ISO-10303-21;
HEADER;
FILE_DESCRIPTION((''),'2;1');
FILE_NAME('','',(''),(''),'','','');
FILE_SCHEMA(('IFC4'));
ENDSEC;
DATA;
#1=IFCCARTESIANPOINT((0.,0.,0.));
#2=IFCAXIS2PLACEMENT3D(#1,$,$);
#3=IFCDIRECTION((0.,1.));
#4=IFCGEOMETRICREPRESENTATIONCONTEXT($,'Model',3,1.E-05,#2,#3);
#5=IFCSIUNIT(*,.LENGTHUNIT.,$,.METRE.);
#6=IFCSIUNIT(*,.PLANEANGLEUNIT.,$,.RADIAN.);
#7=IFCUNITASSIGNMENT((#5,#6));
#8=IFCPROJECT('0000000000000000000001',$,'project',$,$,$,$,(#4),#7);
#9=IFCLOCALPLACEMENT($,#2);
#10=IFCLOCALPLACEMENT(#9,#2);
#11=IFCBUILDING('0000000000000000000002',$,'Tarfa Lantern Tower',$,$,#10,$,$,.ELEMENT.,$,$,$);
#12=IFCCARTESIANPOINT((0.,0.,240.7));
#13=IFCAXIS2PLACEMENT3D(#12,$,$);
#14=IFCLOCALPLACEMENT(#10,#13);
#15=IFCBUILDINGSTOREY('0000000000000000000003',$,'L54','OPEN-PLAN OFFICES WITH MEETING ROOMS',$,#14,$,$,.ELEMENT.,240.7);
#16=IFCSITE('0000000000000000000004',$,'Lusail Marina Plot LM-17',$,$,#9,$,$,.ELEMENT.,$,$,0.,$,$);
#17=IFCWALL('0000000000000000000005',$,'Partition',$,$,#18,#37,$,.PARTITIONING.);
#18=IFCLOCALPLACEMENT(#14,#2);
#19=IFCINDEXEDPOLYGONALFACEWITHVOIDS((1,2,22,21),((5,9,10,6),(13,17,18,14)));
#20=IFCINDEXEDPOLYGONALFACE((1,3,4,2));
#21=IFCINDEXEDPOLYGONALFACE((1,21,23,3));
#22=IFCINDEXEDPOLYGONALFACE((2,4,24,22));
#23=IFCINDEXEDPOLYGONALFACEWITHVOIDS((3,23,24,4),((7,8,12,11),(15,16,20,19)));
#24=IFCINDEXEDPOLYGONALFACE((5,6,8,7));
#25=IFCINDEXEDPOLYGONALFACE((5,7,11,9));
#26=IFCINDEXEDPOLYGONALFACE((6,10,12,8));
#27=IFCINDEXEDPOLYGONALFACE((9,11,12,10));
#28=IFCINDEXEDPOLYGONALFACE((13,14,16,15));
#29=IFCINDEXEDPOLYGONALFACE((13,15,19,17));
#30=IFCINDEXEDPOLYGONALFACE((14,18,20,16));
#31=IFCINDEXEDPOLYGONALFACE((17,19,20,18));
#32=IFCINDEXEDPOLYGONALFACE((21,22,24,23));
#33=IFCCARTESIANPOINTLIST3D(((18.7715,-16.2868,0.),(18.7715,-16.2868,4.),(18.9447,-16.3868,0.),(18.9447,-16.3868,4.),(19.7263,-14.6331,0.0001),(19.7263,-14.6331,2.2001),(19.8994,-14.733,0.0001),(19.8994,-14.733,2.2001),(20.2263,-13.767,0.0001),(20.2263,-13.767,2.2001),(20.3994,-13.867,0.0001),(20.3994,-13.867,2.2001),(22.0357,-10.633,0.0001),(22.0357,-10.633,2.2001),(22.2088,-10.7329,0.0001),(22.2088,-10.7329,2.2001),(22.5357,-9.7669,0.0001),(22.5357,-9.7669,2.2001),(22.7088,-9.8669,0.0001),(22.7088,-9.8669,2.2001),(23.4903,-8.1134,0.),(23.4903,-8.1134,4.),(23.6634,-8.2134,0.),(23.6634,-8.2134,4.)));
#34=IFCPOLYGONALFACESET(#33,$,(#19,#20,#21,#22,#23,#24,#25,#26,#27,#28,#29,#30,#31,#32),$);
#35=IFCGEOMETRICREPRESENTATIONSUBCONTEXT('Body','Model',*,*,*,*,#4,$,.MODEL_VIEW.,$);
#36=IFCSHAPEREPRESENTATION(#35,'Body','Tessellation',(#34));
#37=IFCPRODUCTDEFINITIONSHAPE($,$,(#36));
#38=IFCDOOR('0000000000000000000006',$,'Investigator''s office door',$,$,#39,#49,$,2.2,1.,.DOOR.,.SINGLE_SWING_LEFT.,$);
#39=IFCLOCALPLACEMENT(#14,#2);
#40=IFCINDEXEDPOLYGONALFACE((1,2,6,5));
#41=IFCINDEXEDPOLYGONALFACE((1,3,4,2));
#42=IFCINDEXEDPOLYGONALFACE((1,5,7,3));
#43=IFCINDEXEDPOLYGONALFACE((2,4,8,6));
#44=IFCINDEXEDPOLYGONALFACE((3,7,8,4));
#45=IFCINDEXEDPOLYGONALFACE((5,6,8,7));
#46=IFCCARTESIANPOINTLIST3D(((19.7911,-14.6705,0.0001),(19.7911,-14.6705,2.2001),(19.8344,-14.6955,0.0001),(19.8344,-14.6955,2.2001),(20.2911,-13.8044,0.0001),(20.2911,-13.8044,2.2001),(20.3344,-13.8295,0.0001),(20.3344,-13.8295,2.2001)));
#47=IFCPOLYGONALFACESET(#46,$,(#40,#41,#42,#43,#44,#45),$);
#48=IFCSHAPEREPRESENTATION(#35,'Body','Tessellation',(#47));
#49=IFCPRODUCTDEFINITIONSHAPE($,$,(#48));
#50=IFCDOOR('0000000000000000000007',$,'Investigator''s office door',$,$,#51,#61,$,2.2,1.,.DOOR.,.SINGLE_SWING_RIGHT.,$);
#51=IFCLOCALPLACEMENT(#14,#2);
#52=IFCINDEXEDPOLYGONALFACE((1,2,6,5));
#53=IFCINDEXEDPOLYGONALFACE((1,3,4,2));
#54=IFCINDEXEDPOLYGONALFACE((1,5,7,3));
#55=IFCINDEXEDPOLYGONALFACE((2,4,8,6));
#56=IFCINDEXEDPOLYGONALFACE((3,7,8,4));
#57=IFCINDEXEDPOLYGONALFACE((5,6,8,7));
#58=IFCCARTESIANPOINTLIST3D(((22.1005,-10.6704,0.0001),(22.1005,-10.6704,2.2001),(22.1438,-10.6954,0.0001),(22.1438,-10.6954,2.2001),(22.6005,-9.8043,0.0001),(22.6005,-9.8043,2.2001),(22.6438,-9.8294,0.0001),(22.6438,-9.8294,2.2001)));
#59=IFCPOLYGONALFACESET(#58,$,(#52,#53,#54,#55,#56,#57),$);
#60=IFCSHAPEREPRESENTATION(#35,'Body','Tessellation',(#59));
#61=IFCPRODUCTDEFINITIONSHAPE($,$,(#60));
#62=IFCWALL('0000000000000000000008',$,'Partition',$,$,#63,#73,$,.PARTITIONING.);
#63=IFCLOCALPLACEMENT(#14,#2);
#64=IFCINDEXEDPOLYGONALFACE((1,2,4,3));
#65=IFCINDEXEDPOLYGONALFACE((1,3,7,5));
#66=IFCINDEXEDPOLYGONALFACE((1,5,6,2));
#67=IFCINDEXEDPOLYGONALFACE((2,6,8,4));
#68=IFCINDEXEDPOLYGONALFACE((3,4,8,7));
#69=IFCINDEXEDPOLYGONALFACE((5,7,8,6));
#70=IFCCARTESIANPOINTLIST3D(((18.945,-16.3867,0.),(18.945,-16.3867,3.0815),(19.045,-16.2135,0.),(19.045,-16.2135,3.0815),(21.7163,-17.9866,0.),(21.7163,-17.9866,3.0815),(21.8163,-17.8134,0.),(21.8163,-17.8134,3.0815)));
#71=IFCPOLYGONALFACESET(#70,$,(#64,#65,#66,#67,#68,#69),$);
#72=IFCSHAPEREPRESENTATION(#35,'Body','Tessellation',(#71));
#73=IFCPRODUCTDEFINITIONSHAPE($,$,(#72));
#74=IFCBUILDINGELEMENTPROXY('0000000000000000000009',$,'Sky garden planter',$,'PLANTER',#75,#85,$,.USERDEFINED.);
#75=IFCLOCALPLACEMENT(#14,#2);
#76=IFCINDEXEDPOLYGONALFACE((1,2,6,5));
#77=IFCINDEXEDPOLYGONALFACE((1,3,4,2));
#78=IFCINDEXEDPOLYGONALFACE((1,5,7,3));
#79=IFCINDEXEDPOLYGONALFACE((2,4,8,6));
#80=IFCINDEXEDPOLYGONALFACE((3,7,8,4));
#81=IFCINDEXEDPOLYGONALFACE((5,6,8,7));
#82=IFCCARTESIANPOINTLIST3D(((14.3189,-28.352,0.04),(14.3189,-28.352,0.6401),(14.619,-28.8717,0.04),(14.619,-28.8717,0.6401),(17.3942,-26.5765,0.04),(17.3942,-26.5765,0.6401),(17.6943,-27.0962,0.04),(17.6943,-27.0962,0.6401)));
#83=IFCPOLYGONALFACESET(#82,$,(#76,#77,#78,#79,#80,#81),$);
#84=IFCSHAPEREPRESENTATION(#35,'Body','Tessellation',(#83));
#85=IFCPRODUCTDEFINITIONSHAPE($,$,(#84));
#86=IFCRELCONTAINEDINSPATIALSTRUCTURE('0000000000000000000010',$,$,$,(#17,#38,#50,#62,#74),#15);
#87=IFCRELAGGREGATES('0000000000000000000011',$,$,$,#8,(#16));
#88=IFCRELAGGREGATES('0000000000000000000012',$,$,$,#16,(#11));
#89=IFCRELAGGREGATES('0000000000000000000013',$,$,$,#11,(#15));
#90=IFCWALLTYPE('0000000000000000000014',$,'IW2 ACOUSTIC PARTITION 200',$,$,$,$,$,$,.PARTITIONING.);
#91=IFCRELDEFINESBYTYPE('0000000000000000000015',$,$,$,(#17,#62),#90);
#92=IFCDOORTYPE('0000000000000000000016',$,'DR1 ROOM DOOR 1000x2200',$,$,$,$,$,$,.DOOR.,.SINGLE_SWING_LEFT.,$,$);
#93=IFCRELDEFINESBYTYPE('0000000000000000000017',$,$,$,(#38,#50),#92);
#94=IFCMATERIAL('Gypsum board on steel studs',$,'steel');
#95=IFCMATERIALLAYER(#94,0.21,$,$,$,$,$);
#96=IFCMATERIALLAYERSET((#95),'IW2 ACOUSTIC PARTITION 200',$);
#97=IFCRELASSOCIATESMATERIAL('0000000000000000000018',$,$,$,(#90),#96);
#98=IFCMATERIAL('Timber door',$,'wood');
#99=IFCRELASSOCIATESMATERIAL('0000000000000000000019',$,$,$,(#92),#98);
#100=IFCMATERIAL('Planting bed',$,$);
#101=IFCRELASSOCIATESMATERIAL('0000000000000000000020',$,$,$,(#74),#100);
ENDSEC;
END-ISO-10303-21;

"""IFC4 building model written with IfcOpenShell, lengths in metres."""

from ifc_helpers import new_model, si_unit, direction, frame, frame_2d, origin, origin_2d, place, context, subcontext, project, spatial, rectangle, extrude, material, layer, layer_set, type_object, element, fill, save


model = new_model("IFC4")

# Units and contexts
model_context = context("Model", 3, precision=1e-05, world=origin(), true_north=direction((0.0, 1.0)))
body_context = subcontext(model_context, "Body", "Model", "MODEL_VIEW")
ifc_project = project(units=[si_unit("LENGTHUNIT", "METRE"), si_unit("PLANEANGLEUNIT", "RADIAN")], contexts=[model_context])

# Site, building, storey
site_placement = place(None, origin())
site = spatial("IfcSite", under=ifc_project, at=site_placement, Name="Lusail Marina Plot LM-17", CompositionType="ELEMENT", RefElevation=0.0)
building_placement = place(site_placement, origin())
building = spatial("IfcBuilding", under=site, at=building_placement, Name="Tarfa Lantern Tower", CompositionType="ELEMENT")
storey_placement = place(building_placement, frame((0.0, 0.0, 240.7)))
storey = spatial("IfcBuildingStorey", under=building, at=storey_placement, Name="L54", Description="OPEN-PLAN OFFICES WITH MEETING ROOMS", CompositionType="ELEMENT", Elevation=240.7)

# Shared definitions
ifc_material_1 = material(Name="Gypsum board on steel studs", Category="steel")
ifc_layer_1 = layer(ifc_material_1, 0.21)
ifc_layer_set_1 = layer_set([ifc_layer_1], Name="IW2 ACOUSTIC PARTITION 200")
wall_type_1 = type_object("IfcWallType", Name="IW2 ACOUSTIC PARTITION 200", PredefinedType="PARTITIONING", material=ifc_layer_set_1)

# Shared definitions
ifc_material_2 = material(Name="Timber door", Category="wood")

# Wall, openings, doors
wall_1_placement = place(storey_placement, frame((18.8582, -16.3367, 0.0), z_axis=(0.0, 0.0, 1.0), x_axis=(0.49999, 0.866031, 0.0)))
wall_1 = element("IfcWall", 1, at=wall_1_placement, inside=storey, type_object=wall_type_1, Name="Partition", PredefinedType="PARTITIONING", context=body_context, shape_type="SweptSolid", body=[
    extrude(rectangle(XDim=9.4377, YDim=0.2, at=frame_2d((4.7188, 0.0))), origin(), (0.0, 0.0, 1.0), 4.0),
])
opening_1_placement = place(wall_1_placement, frame((1.9094, 0.0, 0.0)))
opening_1 = element("IfcOpeningElement", 2, at=opening_1_placement, cuts=wall_1, PredefinedType="OPENING", context=body_context, shape_type="SweptSolid", body=[
    extrude(rectangle(XDim=1.0, YDim=2.2, at=frame_2d((0.5, 1.1001))), frame((0.0, 0.1099, 0.0), z_axis=(0.0, -1.0, 0.0), x_axis=(1.0, 0.0, 0.0)), (0.0, 0.0, 1.0), 0.22),
])
opening_2_placement = place(wall_1_placement, frame((6.5283, 0.0, 0.0)))
opening_2 = element("IfcOpeningElement", 3, at=opening_2_placement, cuts=wall_1, PredefinedType="OPENING", context=body_context, shape_type="SweptSolid", body=[
    extrude(rectangle(XDim=1.0, YDim=2.2, at=frame_2d((0.5, 1.1001))), frame((0.0, 0.1099, 0.0), z_axis=(0.0, -1.0, 0.0), x_axis=(1.0, 0.0, 0.0)), (0.0, 0.0, 1.0), 0.22),
])
door_type_1 = type_object("IfcDoorType", Name="DR1 ROOM DOOR 1000x2200", OperationType="SINGLE_SWING_LEFT", PredefinedType="DOOR", material=ifc_material_2)
door_1_placement = place(opening_1_placement, frame((1.0, 0.0, 0.0), z_axis=(0.0, 0.0, 1.0), x_axis=(-1.0, 0.0, 0.0)))
door_1 = element("IfcDoor", 4, at=door_1_placement, inside=storey, type_object=door_type_1, Name="Investigator's office door", OperationType="SINGLE_SWING_LEFT", OverallHeight=2.2, OverallWidth=1.0, PredefinedType="DOOR", context=body_context, shape_type="SweptSolid", body=[
    extrude(rectangle(XDim=1.0, YDim=2.2, at=frame_2d((0.5, 1.1001))), frame((0.0, 0.0249, 0.0), z_axis=(0.0, -1.0, 0.0), x_axis=(1.0, 0.0, 0.0)), (0.0, 0.0, 1.0), 0.05),
])
fill(opening_1, door_1)
door_2_placement = place(opening_2_placement, frame((1.0, 0.0, 0.0), z_axis=(0.0, 0.0, 1.0), x_axis=(-1.0, 0.0, 0.0)))
door_2 = element("IfcDoor", 5, at=door_2_placement, inside=storey, type_object=door_type_1, Name="Investigator's office door", OperationType="SINGLE_SWING_RIGHT", OverallHeight=2.2, OverallWidth=1.0, PredefinedType="DOOR", context=body_context, shape_type="SweptSolid", body=[
    extrude(rectangle(XDim=1.0, YDim=2.2, at=frame_2d((0.5, 1.1001))), frame((0.0, 0.0249, 0.0), z_axis=(0.0, -1.0, 0.0), x_axis=(1.0, 0.0, 0.0)), (0.0, 0.0, 1.0), 0.05),
])
fill(opening_2, door_2)

# Wall
wall_2_placement = place(storey_placement, frame((18.9949, -16.3, 0.0), z_axis=(0.0, 0.0, 1.0), x_axis=(0.866042, -0.499971, 0.0)))
element("IfcWall", 6, at=wall_2_placement, inside=storey, type_object=wall_type_1, Name="Partition", PredefinedType="PARTITIONING", context=body_context, shape_type="SweptSolid", body=[
    extrude(rectangle(XDim=3.2, YDim=0.2, at=frame_2d((1.6001, 0.0))), origin(), (0.0, 0.0, 1.0), 3.0815),
])

# Building element proxy
ifc_material_3 = material(Name="Planting bed")
proxy_placement = place(storey_placement, frame((16.0066, -27.7241, 0.04), z_axis=(0.0, 0.0, 1.0), x_axis=(0.866025, 0.5, 0.0)))
element("IfcBuildingElementProxy", 7, at=proxy_placement, inside=storey, material=ifc_material_3, Name="Sky garden planter", ObjectType="PLANTER", PredefinedType="USERDEFINED", context=body_context, shape_type="SweptSolid", body=[
    extrude(rectangle(XDim=3.551, YDim=0.6001, at=origin_2d()), origin(), (0.0, 0.0, 1.0), 0.6001),
])

save(model, "model.ifc")
